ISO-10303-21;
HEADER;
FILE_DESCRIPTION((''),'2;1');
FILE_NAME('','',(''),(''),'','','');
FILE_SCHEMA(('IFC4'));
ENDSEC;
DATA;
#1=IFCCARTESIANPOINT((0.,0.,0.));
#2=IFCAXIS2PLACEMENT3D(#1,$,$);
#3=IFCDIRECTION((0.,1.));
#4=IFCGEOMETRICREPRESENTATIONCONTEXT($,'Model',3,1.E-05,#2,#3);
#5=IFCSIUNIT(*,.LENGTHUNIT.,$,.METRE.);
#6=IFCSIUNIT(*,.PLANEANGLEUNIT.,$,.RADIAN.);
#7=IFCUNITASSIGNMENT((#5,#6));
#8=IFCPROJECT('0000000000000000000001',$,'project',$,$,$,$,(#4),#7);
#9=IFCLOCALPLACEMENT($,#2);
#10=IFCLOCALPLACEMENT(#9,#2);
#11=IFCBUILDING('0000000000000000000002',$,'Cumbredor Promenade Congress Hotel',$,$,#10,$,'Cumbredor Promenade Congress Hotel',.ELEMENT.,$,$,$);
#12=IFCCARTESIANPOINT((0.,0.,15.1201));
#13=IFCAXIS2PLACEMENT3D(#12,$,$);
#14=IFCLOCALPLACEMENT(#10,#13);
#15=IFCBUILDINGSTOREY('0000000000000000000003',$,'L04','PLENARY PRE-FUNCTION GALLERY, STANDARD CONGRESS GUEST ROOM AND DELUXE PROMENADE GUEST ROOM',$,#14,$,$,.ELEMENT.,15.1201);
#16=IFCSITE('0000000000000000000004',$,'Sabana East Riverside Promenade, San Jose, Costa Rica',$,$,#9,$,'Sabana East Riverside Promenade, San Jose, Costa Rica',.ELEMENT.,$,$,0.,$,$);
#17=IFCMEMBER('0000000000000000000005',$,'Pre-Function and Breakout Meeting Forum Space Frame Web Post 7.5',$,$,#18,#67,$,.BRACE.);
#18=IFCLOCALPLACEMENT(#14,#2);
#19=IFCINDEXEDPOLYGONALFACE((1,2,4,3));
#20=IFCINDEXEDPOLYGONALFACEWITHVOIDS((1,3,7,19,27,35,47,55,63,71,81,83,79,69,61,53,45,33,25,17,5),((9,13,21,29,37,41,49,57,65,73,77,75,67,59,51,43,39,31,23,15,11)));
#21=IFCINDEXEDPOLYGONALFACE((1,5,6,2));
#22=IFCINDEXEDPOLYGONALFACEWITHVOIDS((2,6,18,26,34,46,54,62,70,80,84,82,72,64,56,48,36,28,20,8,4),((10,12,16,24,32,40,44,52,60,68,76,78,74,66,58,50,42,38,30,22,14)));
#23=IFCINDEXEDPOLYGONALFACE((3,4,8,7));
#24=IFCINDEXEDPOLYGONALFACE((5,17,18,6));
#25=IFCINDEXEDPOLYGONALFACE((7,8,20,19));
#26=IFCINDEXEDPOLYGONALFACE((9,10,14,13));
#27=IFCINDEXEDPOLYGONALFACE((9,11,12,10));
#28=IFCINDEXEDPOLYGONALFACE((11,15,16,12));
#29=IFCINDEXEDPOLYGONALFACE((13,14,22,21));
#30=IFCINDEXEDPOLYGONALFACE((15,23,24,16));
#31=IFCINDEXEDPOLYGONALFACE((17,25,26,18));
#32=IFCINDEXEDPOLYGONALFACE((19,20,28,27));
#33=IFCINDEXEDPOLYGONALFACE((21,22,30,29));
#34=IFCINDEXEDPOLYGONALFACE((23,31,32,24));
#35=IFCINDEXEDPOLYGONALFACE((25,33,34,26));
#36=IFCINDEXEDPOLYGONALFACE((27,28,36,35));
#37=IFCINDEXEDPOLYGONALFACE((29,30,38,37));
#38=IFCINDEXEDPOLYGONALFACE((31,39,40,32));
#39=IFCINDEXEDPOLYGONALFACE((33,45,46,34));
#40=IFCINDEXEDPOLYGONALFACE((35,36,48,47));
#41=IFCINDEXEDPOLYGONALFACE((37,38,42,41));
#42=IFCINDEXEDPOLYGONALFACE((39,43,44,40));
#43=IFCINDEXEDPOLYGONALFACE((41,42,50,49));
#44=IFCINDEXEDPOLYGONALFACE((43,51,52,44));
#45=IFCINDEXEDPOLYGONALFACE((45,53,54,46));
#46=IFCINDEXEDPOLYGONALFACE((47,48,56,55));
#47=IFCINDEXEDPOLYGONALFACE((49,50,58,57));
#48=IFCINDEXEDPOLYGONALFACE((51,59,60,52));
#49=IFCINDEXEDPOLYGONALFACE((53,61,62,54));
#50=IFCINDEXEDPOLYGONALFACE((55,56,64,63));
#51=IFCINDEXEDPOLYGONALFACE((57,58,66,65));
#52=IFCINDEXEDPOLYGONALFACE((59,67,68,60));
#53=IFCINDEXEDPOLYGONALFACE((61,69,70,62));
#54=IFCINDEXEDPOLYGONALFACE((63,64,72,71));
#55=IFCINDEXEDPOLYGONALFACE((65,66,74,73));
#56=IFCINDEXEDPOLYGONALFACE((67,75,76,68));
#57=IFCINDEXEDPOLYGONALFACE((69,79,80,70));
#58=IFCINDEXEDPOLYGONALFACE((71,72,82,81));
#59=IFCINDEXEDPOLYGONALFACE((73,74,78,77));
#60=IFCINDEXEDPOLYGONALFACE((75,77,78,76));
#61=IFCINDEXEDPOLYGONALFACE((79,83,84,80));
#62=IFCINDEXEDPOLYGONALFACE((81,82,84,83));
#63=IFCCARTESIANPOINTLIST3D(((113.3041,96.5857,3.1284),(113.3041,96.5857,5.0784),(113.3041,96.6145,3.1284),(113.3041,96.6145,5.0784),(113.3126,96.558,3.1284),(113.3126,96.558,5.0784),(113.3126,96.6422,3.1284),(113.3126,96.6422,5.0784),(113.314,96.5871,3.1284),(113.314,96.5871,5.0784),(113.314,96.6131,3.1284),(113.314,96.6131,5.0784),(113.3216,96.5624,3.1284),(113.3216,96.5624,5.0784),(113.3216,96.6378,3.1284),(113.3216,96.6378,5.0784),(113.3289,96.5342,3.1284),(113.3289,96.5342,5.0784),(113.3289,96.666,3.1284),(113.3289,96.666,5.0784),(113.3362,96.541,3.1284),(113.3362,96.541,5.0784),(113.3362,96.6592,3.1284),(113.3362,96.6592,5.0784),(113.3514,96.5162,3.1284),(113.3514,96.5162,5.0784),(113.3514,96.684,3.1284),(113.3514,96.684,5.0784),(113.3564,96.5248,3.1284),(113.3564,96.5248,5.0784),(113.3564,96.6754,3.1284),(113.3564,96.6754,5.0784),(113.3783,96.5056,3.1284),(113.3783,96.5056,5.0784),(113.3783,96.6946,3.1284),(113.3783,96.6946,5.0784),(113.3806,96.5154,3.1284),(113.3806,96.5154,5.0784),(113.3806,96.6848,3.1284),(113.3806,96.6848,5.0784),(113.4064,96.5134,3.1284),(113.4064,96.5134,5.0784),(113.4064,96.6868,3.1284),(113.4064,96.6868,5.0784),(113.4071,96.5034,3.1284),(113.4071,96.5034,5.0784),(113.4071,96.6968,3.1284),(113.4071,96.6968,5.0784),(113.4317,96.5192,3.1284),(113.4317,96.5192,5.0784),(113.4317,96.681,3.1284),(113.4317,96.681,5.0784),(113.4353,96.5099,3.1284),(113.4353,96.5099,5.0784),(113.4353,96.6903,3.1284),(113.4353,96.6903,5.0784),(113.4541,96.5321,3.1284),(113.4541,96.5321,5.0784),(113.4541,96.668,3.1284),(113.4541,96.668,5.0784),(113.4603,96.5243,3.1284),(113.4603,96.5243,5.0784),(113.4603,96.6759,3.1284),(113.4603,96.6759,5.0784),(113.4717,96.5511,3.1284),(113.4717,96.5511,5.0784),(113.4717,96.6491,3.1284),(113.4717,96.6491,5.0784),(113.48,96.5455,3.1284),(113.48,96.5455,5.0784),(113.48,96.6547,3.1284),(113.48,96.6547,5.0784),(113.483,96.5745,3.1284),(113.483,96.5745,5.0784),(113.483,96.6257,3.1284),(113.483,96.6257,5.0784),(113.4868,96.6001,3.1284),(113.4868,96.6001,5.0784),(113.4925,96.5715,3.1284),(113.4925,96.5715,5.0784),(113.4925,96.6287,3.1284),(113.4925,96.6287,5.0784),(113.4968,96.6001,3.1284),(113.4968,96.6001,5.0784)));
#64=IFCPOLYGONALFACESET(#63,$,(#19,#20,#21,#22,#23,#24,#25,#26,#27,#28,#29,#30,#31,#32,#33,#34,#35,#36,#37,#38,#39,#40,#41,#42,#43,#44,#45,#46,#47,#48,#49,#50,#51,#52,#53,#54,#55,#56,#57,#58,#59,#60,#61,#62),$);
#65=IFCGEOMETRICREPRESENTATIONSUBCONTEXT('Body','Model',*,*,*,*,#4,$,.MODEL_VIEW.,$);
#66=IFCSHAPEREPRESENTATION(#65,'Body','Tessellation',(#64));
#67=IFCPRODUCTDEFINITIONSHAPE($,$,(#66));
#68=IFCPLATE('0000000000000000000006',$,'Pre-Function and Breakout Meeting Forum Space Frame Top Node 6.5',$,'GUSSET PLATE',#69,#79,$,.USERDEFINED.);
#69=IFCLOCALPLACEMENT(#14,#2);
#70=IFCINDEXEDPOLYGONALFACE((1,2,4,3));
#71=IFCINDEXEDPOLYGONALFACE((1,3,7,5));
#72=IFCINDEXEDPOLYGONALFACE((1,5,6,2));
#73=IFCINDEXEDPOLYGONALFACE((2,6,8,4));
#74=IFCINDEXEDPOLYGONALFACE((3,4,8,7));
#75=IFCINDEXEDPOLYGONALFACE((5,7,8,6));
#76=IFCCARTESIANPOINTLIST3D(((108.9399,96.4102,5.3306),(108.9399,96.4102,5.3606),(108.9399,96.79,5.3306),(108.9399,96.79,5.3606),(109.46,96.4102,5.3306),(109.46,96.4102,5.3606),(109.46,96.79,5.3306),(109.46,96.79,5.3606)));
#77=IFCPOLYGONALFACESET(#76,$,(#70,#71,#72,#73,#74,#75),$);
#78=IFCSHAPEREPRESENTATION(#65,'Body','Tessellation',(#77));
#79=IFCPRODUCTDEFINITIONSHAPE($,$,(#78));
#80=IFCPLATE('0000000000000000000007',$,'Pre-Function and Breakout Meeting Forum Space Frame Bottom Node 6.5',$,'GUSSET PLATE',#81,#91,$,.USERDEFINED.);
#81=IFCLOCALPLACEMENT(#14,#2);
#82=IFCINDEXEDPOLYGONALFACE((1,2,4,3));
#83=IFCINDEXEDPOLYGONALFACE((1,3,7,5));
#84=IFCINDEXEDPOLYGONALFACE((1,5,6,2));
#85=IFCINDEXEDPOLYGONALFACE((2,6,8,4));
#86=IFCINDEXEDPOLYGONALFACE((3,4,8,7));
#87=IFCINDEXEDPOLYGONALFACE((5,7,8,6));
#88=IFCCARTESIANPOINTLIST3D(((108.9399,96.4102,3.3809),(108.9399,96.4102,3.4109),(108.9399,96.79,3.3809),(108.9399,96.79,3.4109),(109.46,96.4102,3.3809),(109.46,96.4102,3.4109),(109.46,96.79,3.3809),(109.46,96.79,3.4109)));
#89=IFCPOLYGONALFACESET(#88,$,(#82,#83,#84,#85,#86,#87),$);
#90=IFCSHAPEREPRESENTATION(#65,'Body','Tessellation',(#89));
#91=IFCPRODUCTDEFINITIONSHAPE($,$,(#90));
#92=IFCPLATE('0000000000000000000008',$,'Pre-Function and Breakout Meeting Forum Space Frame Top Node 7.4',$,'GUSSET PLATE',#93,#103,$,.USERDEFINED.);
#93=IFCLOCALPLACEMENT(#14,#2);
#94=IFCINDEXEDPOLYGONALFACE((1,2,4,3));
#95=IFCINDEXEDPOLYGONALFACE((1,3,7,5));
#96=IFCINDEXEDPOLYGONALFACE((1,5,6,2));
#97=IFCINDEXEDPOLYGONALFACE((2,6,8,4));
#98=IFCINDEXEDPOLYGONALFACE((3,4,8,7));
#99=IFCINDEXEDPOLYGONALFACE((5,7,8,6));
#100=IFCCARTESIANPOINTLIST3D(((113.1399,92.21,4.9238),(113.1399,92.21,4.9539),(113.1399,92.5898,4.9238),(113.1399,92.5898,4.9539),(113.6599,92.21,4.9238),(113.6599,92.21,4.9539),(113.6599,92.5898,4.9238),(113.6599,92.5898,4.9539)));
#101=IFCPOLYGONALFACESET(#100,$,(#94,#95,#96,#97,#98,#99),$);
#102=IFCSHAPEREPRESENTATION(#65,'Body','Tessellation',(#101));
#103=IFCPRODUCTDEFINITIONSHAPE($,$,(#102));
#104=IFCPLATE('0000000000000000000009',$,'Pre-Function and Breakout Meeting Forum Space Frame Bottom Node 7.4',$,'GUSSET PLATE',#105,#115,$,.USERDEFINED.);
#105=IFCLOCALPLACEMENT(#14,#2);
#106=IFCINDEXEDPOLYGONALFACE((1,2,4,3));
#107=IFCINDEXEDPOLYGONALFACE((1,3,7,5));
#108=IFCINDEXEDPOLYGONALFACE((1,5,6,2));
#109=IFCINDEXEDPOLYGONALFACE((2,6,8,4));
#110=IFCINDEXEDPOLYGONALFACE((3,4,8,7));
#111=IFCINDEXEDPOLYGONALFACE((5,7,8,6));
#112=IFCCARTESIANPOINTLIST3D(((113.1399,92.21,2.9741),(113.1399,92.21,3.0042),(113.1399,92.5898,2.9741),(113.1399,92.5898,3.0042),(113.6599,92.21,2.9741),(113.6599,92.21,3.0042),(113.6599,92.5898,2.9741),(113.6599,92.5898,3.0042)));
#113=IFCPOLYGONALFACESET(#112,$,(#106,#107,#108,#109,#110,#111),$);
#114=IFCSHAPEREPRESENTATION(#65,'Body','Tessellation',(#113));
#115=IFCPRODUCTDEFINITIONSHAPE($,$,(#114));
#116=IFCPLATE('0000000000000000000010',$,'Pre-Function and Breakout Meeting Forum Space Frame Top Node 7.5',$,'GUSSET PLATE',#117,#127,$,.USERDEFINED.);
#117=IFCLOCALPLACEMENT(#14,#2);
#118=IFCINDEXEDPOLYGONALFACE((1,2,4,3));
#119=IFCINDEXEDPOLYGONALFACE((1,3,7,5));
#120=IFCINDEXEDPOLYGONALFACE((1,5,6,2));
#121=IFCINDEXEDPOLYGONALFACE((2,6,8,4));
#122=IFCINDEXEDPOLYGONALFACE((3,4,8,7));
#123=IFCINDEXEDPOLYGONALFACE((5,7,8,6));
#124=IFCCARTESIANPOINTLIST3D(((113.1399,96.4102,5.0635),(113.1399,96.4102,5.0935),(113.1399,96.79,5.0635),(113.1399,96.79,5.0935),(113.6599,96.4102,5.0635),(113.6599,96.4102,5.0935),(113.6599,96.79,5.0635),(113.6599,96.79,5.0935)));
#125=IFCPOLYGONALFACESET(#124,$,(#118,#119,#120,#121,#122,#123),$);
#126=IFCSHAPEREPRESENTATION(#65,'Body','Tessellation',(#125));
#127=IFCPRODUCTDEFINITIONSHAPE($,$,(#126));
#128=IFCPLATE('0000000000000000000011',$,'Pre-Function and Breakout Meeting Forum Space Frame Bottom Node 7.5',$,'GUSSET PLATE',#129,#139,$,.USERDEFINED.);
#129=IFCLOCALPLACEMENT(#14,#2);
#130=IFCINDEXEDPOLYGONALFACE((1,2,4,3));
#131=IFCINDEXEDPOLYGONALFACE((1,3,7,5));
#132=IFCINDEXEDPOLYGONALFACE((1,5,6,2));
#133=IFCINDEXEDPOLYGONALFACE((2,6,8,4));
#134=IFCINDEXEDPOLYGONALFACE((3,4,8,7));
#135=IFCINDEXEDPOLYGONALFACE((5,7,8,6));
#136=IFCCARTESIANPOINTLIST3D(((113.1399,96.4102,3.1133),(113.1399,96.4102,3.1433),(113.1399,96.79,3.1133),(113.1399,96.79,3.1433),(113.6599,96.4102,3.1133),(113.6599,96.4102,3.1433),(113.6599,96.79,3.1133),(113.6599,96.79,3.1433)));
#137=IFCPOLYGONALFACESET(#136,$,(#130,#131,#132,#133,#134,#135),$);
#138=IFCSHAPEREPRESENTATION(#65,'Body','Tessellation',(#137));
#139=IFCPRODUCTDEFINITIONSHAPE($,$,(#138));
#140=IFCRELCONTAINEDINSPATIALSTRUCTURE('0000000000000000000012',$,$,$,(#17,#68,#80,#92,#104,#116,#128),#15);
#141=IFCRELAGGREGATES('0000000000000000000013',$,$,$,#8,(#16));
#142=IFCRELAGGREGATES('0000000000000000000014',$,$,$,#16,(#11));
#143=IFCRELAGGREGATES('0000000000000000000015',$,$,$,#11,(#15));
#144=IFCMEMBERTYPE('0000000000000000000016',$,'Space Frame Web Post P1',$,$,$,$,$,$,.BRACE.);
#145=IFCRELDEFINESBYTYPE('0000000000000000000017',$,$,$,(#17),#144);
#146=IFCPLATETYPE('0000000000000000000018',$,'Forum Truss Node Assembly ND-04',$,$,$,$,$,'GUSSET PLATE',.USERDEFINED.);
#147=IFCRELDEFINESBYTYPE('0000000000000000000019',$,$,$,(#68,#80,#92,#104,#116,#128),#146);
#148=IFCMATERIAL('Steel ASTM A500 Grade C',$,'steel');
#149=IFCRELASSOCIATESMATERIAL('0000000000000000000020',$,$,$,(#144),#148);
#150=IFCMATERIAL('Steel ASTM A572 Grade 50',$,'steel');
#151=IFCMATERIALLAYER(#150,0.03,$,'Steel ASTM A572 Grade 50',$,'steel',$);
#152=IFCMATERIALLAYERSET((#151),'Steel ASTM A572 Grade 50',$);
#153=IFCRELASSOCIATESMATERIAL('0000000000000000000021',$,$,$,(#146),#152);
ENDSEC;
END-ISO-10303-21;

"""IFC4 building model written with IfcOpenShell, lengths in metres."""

from ifc_helpers import new_model, si_unit, direction, frame, origin, origin_2d, place, context, subcontext, project, spatial, rectangle, hollow_circle, extrude, material, layer, layer_set, material_profile, profile_set, type_object, element, save


model = new_model("IFC4")

# Units and contexts
model_context = context("Model", 3, precision=1e-05, world=origin(), true_north=direction((0.0, 1.0)))
body_context = subcontext(model_context, "Body", "Model", "MODEL_VIEW")
ifc_project = project(units=[si_unit("LENGTHUNIT", "METRE"), si_unit("PLANEANGLEUNIT", "RADIAN")], contexts=[model_context])

# Site, building, storey
site_placement = place(None, origin())
site = spatial("IfcSite", under=ifc_project, at=site_placement, Name="Sabana East Riverside Promenade, San Jose, Costa Rica", LongName="Sabana East Riverside Promenade, San Jose, Costa Rica", CompositionType="ELEMENT", RefElevation=0.0)
building_placement = place(site_placement, origin())
building = spatial("IfcBuilding", under=site, at=building_placement, Name="Cumbredor Promenade Congress Hotel", LongName="Cumbredor Promenade Congress Hotel", CompositionType="ELEMENT")
storey_placement = place(building_placement, frame((0.0, 0.0, 15.1201)))
storey = spatial("IfcBuildingStorey", under=building, at=storey_placement, Name="L04", Description="PLENARY PRE-FUNCTION GALLERY, STANDARD CONGRESS GUEST ROOM AND DELUXE PROMENADE GUEST ROOM", CompositionType="ELEMENT", Elevation=15.1201)

# Member
ifc_material_1 = material(Name="Steel ASTM A500 Grade C", Category="steel")
ifc_material_profile_1 = material_profile(ifc_material_1, hollow_circle(Radius=0.0969, WallThickness=0.01, at=origin_2d()), Name="CHS 193.7x10")
ifc_profile_set_1 = profile_set([ifc_material_profile_1], Name="Steel ASTM A500 Grade C")
member_type_1 = type_object("IfcMemberType", Name="Space Frame Web Post P1", PredefinedType="BRACE", material=ifc_profile_set_1)
for number, where, z_axis, x_axis, name in (
    (1, (113.3999, 96.6001, 3.1284), (0.0, 0.0, 1.0), (1.0, 0.0, 0.0), "Pre-Function and Breakout Meeting Forum Space Frame Web Post 7.5"),
):
    element("IfcMember", number, at=place(storey_placement, frame(where, z_axis=z_axis, x_axis=x_axis)), inside=storey, type_object=member_type_1, Name=name, PredefinedType="BRACE", context=body_context, shape_type="SweptSolid", body=[
        extrude(hollow_circle(Radius=0.0969, WallThickness=0.01, at=origin_2d()), origin(), (0.0, 0.0, 1.0), 1.95),
    ])

# Plates
ifc_material_2 = material(Name="Steel ASTM A572 Grade 50", Category="steel")
ifc_layer = layer(ifc_material_2, 0.03, Name="Steel ASTM A572 Grade 50", Category="steel")
ifc_layer_set = layer_set([ifc_layer], Name="Steel ASTM A572 Grade 50")
plate_type = type_object("IfcPlateType", Name="Forum Truss Node Assembly ND-04", ElementType="GUSSET PLATE", PredefinedType="USERDEFINED", material=ifc_layer_set)
for number, where, z_axis, x_axis, name in (
    (2, (109.2, 96.6001, 5.3306), (0.0, 0.0, 1.0), (1.0, 0.0, 0.0), "Pre-Function and Breakout Meeting Forum Space Frame Top Node 6.5"),
    (3, (109.2, 96.6001, 3.3809), (0.0, 0.0, 1.0), (1.0, 0.0, 0.0), "Pre-Function and Breakout Meeting Forum Space Frame Bottom Node 6.5"),
    (4, (113.3999, 92.3999, 4.9238), (0.0, 0.0, 1.0), (1.0, 0.0, 0.0), "Pre-Function and Breakout Meeting Forum Space Frame Top Node 7.4"),
    (5, (113.3999, 92.3999, 2.9741), (0.0, 0.0, 1.0), (1.0, 0.0, 0.0), "Pre-Function and Breakout Meeting Forum Space Frame Bottom Node 7.4"),
    (6, (113.3999, 96.6001, 5.0635), (0.0, 0.0, 1.0), (1.0, 0.0, 0.0), "Pre-Function and Breakout Meeting Forum Space Frame Top Node 7.5"),
    (7, (113.3999, 96.6001, 3.1133), (0.0, 0.0, 1.0), (1.0, 0.0, 0.0), "Pre-Function and Breakout Meeting Forum Space Frame Bottom Node 7.5"),
):
    element("IfcPlate", number, at=place(storey_placement, frame(where, z_axis=z_axis, x_axis=x_axis)), inside=storey, type_object=plate_type, Name=name, ObjectType="GUSSET PLATE", PredefinedType="USERDEFINED", context=body_context, shape_type="SweptSolid", body=[
        extrude(rectangle(XDim=0.52, YDim=0.3799, at=origin_2d()), origin(), (0.0, 0.0, 1.0), 0.03),
    ])

save(model, "model.ifc")
